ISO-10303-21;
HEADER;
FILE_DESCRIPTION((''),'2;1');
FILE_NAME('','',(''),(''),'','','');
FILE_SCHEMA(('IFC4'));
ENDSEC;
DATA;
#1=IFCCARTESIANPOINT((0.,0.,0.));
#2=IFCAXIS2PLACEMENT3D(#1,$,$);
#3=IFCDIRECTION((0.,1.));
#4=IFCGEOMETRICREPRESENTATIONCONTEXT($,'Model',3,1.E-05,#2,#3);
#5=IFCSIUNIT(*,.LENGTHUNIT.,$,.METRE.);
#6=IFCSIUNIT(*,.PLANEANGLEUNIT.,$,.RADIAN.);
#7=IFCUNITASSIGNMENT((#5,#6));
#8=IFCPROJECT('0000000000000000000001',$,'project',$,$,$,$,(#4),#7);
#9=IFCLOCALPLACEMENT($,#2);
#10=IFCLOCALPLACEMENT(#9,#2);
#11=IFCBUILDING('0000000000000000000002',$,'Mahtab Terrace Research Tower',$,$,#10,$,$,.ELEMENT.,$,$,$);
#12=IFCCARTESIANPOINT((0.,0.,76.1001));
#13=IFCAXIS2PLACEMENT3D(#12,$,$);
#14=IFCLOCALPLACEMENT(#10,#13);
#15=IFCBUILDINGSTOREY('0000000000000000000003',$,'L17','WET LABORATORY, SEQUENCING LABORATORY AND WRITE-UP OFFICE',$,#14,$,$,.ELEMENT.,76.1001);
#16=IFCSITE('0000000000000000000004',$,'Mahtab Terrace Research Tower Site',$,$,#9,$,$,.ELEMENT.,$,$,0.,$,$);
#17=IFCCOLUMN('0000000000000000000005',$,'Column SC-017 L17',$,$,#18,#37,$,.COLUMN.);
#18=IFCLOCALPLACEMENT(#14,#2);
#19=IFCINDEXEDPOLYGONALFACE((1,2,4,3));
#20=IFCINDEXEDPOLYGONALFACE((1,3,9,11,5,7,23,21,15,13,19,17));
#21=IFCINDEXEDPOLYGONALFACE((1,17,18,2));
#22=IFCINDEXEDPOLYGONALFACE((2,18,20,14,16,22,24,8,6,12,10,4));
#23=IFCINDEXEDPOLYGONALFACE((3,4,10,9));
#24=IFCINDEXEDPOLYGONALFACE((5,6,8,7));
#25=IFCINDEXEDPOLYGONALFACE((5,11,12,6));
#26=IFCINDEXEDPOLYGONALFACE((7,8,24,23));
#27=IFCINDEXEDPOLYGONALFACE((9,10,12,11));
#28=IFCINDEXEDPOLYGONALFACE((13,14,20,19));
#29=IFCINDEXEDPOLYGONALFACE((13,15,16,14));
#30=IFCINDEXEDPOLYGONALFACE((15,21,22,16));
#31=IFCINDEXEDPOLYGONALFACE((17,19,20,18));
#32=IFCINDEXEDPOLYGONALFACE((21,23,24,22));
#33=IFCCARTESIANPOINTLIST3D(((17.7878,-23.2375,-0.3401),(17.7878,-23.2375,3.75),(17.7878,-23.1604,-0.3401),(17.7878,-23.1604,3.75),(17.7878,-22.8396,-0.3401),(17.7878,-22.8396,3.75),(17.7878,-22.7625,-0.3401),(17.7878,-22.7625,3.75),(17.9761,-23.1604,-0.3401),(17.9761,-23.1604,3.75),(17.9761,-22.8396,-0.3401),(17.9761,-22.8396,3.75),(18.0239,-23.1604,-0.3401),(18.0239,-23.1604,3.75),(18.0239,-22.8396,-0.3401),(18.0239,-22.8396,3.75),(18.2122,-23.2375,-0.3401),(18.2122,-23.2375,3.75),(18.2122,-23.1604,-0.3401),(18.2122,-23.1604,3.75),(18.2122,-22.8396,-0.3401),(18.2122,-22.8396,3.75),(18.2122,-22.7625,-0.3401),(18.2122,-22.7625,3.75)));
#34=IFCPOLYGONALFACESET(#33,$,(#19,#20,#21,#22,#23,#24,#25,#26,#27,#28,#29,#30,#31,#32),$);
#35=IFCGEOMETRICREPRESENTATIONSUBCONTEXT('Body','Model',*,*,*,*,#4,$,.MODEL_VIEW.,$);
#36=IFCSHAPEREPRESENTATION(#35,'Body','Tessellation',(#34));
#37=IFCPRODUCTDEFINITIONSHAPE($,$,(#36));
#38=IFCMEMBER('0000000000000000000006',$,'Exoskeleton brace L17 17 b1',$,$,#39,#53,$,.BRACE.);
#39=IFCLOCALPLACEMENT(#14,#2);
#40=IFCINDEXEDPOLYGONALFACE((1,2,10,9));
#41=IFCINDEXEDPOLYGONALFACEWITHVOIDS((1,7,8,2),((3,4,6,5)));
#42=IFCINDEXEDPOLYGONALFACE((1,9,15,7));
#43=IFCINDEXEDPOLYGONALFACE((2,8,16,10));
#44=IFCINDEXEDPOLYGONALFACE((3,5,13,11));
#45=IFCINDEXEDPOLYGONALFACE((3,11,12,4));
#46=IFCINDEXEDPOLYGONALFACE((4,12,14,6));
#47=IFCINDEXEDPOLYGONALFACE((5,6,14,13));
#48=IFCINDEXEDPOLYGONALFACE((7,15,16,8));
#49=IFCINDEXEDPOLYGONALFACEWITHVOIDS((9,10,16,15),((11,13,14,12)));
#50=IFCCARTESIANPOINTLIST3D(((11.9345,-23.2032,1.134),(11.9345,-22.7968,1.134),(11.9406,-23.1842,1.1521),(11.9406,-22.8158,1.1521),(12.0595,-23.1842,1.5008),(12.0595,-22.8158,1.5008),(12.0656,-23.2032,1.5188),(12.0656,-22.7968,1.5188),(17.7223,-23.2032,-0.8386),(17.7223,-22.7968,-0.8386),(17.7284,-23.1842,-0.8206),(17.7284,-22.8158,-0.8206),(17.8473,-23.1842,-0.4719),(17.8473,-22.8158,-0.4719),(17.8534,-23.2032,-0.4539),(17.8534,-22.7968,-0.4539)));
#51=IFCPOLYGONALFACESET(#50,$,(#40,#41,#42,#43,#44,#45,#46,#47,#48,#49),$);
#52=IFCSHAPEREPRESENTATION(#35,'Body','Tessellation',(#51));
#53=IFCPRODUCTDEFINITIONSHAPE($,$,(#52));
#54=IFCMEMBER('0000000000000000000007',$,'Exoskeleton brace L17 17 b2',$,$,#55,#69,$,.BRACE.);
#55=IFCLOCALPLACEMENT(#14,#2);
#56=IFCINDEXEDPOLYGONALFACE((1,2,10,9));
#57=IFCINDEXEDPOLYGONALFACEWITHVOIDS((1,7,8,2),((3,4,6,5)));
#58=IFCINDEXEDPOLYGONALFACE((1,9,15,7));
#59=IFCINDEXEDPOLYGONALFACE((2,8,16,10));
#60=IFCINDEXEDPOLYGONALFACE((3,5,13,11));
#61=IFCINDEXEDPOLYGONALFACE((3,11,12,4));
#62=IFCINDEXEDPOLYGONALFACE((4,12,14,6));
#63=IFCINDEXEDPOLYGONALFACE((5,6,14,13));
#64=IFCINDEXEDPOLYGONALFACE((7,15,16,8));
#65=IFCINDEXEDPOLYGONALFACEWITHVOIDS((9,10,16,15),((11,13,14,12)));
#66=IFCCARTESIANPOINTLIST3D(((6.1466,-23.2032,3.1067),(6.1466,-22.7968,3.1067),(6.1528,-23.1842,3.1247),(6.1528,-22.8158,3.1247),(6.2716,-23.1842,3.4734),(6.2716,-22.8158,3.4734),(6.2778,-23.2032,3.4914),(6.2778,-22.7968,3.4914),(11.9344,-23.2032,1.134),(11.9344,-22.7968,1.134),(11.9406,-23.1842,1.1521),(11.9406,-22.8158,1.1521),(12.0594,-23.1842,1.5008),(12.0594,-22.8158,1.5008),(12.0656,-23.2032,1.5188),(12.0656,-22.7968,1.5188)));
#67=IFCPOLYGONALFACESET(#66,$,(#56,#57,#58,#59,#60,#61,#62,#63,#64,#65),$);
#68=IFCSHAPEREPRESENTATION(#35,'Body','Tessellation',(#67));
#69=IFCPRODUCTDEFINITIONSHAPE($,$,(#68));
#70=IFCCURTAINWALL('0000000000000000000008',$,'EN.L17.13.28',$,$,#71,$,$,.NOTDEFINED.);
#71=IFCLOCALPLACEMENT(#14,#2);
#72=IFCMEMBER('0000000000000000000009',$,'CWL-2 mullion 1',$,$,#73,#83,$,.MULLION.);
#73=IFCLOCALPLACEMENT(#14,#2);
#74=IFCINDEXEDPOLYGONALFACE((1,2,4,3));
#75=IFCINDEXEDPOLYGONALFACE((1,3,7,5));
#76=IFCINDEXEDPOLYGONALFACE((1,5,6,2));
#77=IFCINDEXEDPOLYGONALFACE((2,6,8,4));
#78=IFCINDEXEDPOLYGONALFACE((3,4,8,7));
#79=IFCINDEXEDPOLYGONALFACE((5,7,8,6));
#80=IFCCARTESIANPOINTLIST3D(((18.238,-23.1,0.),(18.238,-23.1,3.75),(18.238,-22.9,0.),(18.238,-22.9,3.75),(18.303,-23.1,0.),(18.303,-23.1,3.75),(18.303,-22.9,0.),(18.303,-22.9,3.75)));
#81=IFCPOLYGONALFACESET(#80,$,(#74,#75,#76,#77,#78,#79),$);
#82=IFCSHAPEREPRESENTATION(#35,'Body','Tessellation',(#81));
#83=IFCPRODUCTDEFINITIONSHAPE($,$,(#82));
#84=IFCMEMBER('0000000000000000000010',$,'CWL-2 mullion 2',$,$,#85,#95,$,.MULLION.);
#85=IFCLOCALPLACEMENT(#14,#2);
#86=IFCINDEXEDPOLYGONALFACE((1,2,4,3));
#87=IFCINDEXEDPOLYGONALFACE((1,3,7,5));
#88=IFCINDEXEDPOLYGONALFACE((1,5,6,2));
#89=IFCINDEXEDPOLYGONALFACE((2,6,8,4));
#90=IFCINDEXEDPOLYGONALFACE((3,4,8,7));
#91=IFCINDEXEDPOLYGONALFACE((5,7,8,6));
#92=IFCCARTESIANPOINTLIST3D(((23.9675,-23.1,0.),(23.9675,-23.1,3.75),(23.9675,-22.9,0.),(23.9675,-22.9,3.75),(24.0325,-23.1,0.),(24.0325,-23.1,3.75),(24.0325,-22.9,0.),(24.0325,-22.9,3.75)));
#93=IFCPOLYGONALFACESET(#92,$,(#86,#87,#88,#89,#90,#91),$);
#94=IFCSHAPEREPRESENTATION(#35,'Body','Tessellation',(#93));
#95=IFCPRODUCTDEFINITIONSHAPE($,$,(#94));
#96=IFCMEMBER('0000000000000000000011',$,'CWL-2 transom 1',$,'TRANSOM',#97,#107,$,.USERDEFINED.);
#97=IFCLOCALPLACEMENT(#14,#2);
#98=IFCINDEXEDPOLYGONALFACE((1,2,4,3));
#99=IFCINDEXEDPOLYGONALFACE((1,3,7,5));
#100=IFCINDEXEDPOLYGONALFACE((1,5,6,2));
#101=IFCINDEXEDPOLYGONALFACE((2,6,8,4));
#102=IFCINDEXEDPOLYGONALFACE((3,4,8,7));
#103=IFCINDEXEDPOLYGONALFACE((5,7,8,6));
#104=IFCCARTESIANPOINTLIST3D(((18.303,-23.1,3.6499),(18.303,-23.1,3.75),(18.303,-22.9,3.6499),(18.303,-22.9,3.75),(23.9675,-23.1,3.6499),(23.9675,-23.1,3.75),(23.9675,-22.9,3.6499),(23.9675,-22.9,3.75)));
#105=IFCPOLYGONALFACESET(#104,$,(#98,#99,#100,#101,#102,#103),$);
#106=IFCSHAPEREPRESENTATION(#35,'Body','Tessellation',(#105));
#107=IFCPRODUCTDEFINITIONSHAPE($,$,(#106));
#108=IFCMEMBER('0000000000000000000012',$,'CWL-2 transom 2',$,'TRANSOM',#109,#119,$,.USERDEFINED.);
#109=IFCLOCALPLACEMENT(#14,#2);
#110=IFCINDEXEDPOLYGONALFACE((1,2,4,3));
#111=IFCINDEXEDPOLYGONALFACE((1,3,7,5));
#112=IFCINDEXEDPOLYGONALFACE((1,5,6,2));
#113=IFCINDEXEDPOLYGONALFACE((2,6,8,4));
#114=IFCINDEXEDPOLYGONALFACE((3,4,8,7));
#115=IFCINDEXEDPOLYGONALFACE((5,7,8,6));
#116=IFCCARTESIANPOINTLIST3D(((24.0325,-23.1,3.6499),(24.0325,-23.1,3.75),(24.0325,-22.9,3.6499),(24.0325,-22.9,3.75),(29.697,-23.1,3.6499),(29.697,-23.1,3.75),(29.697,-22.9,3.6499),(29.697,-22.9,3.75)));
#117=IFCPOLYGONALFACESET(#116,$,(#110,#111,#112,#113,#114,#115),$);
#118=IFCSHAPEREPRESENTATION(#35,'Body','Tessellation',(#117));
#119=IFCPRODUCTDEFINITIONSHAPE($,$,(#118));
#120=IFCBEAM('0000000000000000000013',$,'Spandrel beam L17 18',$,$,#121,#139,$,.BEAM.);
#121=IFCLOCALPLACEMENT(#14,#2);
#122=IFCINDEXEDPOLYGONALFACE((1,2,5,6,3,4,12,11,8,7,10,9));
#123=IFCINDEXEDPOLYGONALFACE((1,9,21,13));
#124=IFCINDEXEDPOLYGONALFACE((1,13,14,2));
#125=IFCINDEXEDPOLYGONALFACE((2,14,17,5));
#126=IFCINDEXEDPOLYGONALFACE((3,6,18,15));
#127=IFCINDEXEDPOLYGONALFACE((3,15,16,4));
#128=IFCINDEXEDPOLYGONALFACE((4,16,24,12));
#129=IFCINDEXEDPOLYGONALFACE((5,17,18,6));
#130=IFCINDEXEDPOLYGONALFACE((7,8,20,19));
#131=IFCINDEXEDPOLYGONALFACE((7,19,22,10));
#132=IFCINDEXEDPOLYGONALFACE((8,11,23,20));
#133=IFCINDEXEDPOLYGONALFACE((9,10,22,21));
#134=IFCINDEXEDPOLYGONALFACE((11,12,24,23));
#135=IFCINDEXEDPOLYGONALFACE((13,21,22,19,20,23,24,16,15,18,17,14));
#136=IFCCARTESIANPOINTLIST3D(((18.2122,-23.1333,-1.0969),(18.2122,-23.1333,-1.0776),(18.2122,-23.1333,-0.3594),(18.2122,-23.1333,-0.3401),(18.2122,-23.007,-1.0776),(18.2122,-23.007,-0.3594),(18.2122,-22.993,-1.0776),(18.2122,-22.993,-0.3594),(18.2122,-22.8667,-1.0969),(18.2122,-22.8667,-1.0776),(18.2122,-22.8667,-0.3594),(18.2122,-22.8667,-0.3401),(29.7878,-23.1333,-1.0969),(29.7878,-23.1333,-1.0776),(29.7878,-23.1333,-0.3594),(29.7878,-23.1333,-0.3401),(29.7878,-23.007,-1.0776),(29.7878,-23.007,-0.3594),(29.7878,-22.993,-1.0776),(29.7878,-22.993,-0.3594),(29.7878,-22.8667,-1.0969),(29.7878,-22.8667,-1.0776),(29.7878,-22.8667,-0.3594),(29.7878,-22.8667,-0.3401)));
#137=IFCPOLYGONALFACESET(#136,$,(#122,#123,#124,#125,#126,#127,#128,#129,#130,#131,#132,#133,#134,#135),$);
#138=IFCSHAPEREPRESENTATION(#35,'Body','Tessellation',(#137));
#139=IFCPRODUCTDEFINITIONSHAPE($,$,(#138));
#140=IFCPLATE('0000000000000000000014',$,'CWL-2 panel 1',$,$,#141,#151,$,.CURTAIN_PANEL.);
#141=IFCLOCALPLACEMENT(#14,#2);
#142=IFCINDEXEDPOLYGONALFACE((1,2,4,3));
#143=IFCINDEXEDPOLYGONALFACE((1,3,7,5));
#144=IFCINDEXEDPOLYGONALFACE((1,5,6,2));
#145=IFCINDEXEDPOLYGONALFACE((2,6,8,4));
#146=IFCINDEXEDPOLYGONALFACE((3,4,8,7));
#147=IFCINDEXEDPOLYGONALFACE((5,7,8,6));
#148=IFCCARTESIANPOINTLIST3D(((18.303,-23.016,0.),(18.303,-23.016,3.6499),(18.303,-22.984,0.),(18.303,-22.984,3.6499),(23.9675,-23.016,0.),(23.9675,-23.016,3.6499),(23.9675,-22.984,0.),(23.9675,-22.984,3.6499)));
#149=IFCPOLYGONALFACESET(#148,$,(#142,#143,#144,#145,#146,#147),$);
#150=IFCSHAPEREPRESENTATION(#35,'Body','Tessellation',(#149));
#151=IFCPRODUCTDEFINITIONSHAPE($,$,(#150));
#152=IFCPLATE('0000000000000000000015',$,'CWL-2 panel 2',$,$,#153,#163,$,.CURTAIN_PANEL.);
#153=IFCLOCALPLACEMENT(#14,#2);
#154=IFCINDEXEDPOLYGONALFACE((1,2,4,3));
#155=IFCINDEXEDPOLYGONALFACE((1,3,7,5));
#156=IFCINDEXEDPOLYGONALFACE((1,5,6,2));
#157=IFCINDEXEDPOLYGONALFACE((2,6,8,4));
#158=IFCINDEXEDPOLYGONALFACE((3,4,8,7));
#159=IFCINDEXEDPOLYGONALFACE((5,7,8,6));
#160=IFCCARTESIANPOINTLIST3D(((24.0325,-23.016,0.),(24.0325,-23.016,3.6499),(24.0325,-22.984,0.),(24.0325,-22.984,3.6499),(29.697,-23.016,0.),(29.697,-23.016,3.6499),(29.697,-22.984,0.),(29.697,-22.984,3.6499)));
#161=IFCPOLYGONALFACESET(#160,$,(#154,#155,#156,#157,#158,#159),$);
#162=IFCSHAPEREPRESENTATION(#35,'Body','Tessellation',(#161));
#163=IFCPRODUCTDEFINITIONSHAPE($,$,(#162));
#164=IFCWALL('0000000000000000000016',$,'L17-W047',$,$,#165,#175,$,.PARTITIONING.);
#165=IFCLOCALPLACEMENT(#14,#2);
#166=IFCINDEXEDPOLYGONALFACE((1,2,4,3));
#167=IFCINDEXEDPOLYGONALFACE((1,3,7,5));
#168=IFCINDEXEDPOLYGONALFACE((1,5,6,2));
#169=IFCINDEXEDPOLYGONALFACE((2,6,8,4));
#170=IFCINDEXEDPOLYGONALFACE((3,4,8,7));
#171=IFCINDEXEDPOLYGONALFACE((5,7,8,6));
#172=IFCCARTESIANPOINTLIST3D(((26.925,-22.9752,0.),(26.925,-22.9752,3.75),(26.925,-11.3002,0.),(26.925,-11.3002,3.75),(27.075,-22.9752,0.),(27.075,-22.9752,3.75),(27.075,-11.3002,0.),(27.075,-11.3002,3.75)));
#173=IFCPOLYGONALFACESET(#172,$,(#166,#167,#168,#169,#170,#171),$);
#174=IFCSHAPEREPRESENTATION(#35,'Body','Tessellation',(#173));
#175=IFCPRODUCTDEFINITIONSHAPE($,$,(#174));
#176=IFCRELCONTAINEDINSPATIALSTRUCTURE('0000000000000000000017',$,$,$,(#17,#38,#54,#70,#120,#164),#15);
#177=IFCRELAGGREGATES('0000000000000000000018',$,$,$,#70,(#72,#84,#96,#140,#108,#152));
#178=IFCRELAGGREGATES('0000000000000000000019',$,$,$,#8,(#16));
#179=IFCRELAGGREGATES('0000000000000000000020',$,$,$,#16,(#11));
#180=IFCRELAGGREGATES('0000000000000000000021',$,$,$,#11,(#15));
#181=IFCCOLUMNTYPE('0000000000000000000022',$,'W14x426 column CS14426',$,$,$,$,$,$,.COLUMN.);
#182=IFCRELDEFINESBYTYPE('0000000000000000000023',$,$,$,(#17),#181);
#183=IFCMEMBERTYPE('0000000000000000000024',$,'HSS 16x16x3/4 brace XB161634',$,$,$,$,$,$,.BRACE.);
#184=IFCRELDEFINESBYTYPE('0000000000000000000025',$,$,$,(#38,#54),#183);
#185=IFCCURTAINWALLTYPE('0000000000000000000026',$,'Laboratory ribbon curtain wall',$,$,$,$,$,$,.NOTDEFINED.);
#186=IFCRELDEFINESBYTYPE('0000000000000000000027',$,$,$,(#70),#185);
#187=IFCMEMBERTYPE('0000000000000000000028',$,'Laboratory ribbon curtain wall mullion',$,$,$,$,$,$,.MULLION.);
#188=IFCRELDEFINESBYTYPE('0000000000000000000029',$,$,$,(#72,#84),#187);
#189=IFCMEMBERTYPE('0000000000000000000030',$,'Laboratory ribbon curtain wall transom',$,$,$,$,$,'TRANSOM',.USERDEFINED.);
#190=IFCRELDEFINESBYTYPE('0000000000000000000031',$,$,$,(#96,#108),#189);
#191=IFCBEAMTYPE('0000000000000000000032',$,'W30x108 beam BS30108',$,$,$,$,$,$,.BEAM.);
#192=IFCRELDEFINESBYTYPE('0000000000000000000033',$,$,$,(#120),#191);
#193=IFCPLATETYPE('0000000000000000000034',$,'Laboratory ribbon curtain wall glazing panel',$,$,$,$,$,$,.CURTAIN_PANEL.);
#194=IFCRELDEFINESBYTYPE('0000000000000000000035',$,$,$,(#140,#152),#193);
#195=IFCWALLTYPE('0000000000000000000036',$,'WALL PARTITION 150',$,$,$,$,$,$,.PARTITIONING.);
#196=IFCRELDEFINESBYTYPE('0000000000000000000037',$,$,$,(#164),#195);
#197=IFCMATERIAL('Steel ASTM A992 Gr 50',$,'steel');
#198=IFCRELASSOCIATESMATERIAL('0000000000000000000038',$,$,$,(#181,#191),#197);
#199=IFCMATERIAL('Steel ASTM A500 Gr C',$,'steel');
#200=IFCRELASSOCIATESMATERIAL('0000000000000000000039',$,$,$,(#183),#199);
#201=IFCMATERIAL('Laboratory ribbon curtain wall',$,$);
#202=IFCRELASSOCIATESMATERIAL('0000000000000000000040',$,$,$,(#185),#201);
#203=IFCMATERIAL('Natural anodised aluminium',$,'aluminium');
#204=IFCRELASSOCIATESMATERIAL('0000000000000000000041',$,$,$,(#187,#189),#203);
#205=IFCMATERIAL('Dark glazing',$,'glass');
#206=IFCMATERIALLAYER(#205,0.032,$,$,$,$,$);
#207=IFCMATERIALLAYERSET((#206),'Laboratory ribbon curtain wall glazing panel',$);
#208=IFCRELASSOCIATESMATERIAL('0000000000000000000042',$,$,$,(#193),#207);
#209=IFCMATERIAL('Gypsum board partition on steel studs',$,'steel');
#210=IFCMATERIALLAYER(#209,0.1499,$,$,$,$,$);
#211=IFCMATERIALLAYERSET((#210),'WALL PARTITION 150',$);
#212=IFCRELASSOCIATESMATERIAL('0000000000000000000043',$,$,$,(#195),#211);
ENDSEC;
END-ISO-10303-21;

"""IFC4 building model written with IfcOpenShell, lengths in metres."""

from ifc_helpers import new_model, si_unit, direction, frame, frame_2d, origin, origin_2d, place, context, subcontext, project, spatial, rectangle, hollow_rectangle, i_section, extrude, material, layer, layer_set, material_profile, profile_set, type_object, element, aggregate, save


model = new_model("IFC4")

# Units and contexts
model_context = context("Model", 3, precision=1e-05, world=origin(), true_north=direction((0.0, 1.0)))
body_context = subcontext(model_context, "Body", "Model", "MODEL_VIEW")
ifc_project = project(units=[si_unit("LENGTHUNIT", "METRE"), si_unit("PLANEANGLEUNIT", "RADIAN")], contexts=[model_context])

# Site, building, storey
site_placement = place(None, origin())
site = spatial("IfcSite", under=ifc_project, at=site_placement, Name="Mahtab Terrace Research Tower Site", CompositionType="ELEMENT", RefElevation=0.0)
building_placement = place(site_placement, origin())
building = spatial("IfcBuilding", under=site, at=building_placement, Name="Mahtab Terrace Research Tower", CompositionType="ELEMENT")
storey_placement = place(building_placement, frame((0.0, 0.0, 76.1001)))
storey = spatial("IfcBuildingStorey", under=building, at=storey_placement, Name="L17", Description="WET LABORATORY, SEQUENCING LABORATORY AND WRITE-UP OFFICE", CompositionType="ELEMENT", Elevation=76.1001)

# Column
ifc_material_1 = material(Name="Steel ASTM A992 Gr 50", Category="steel")
ifc_material_profile_1 = material_profile(ifc_material_1, i_section(OverallWidth=0.4243, OverallDepth=0.4751, WebThickness=0.0479, FlangeThickness=0.0771, at=origin_2d()), Name="W14X426")
ifc_profile_set_1 = profile_set([ifc_material_profile_1], Name="Steel ASTM A992 Gr 50")
column_type = type_object("IfcColumnType", Name="W14x426 column CS14426", PredefinedType="COLUMN", material=ifc_profile_set_1)
column_placement = place(storey_placement, frame((18.0, -23.0, -0.3401), z_axis=(0.0, 0.0, 1.0), x_axis=(1.0, 0.0, 0.0)))
element("IfcColumn", 1, at=column_placement, inside=storey, type_object=column_type, Name="Column SC-017 L17", PredefinedType="COLUMN", context=body_context, shape_type="SweptSolid", body=[
    extrude(i_section(OverallWidth=0.4243, OverallDepth=0.4751, WebThickness=0.0479, FlangeThickness=0.0771, at=origin_2d()), origin(), (0.0, 0.0, 1.0), 4.0901),
])

# Members
ifc_material_2 = material(Name="Steel ASTM A500 Gr C", Category="steel")
ifc_material_profile_2 = material_profile(ifc_material_2, hollow_rectangle(XDim=0.4065, YDim=0.4065, WallThickness=0.019, at=origin_2d()), Name="HSS16X16X3/4")
ifc_profile_set_2 = profile_set([ifc_material_profile_2], Name="Steel ASTM A500 Gr C")
member_type_1 = type_object("IfcMemberType", Name="HSS 16x16x3/4 brace XB161634", PredefinedType="BRACE", material=ifc_profile_set_2)
for number, where, z_axis, x_axis, name in (
    (2, (17.7878, -23.0, -0.6462), (-0.946534, 0.0, 0.322605), (0.0, -1.0, 0.0), "Exoskeleton brace L17 17 b1"),
    (3, (12.0, -23.0, 1.3264), (-0.946534, 0.0, 0.322605), (0.0, -1.0, 0.0), "Exoskeleton brace L17 17 b2"),
):
    element("IfcMember", number, at=place(storey_placement, frame(where, z_axis=z_axis, x_axis=x_axis)), inside=storey, type_object=member_type_1, Name=name, PredefinedType="BRACE", context=body_context, shape_type="SweptSolid", body=[
        extrude(hollow_rectangle(XDim=0.4065, YDim=0.4065, WallThickness=0.019, at=origin_2d()), origin(), (0.0, 0.0, 1.0), 6.1147),
    ])

# Curtain wall, members
ifc_material_3 = material(Name="Laboratory ribbon curtain wall")
curtain_wall_type = type_object("IfcCurtainWallType", Name="Laboratory ribbon curtain wall", PredefinedType="NOTDEFINED", material=ifc_material_3)
curtain_wall_placement = place(storey_placement, origin())
curtain_wall = element("IfcCurtainWall", 4, at=curtain_wall_placement, inside=storey, type_object=curtain_wall_type, Name="EN.L17.13.28", PredefinedType="NOTDEFINED")
ifc_material_4 = material(Name="Natural anodised aluminium", Category="aluminium")
ifc_material_profile_3 = material_profile(ifc_material_4, rectangle(XDim=0.2, YDim=0.0649, at=origin_2d()), Name="MULLION 65x200")
ifc_profile_set_3 = profile_set([ifc_material_profile_3], Name="Natural anodised aluminium")
member_type_2 = type_object("IfcMemberType", Name="Laboratory ribbon curtain wall mullion", PredefinedType="MULLION", material=ifc_profile_set_3)
member_1_placement = place(storey_placement, frame((18.2705, -23.0, 0.0), z_axis=(0.0, 0.0, 1.0), x_axis=(0.0, 1.0, 0.0)))
member_1 = element("IfcMember", 5, at=member_1_placement, type_object=member_type_2, Name="CWL-2 mullion 1", PredefinedType="MULLION", context=body_context, shape_type="SweptSolid", body=[
    extrude(rectangle(XDim=0.2, YDim=0.0649, at=origin_2d()), origin(), (0.0, 0.0, 1.0), 3.75),
])
member_2_placement = place(storey_placement, frame((24.0, -23.0, 0.0), z_axis=(0.0, 0.0, 1.0), x_axis=(0.0, 1.0, 0.0)))
member_2 = element("IfcMember", 6, at=member_2_placement, type_object=member_type_2, Name="CWL-2 mullion 2", PredefinedType="MULLION", context=body_context, shape_type="SweptSolid", body=[
    extrude(rectangle(XDim=0.2, YDim=0.0649, at=origin_2d()), origin(), (0.0, 0.0, 1.0), 3.75),
])
ifc_material_profile_4 = material_profile(ifc_material_4, rectangle(XDim=0.2, YDim=0.1001, at=origin_2d()), Name="TRANSOM 100x200")
ifc_profile_set_4 = profile_set([ifc_material_profile_4], Name="Natural anodised aluminium")
member_type_3 = type_object("IfcMemberType", Name="Laboratory ribbon curtain wall transom", ElementType="TRANSOM", PredefinedType="USERDEFINED", material=ifc_profile_set_4)
member_3_placement = place(storey_placement, frame((18.303, -23.0, 3.7), z_axis=(1.0, 0.0, 0.0), x_axis=(0.0, 1.0, 0.0)))
member_3 = element("IfcMember", 7, at=member_3_placement, type_object=member_type_3, Name="CWL-2 transom 1", ObjectType="TRANSOM", PredefinedType="USERDEFINED", context=body_context, shape_type="SweptSolid", body=[
    extrude(rectangle(XDim=0.2, YDim=0.1001, at=origin_2d()), origin(), (0.0, 0.0, 1.0), 5.6646),
])
member_4_placement = place(storey_placement, frame((24.0325, -23.0, 3.7), z_axis=(1.0, 0.0, 0.0), x_axis=(0.0, 1.0, 0.0)))
member_4 = element("IfcMember", 8, at=member_4_placement, type_object=member_type_3, Name="CWL-2 transom 2", ObjectType="TRANSOM", PredefinedType="USERDEFINED", context=body_context, shape_type="SweptSolid", body=[
    extrude(rectangle(XDim=0.2, YDim=0.1001, at=origin_2d()), origin(), (0.0, 0.0, 1.0), 5.6646),
])

# Beam
ifc_material_profile_5 = material_profile(ifc_material_1, i_section(OverallWidth=0.2666, OverallDepth=0.7568, WebThickness=0.0139, FlangeThickness=0.0193, at=origin_2d()), Name="W30X108")
ifc_profile_set_5 = profile_set([ifc_material_profile_5], Name="Steel ASTM A992 Gr 50")
beam_type = type_object("IfcBeamType", Name="W30x108 beam BS30108", PredefinedType="BEAM", material=ifc_profile_set_5)
beam_placement = place(storey_placement, frame((18.2122, -23.0, -0.7185), z_axis=(1.0, 0.0, 0.0), x_axis=(0.0, 1.0, 0.0)))
element("IfcBeam", 9, at=beam_placement, inside=storey, type_object=beam_type, Name="Spandrel beam L17 18", PredefinedType="BEAM", context=body_context, shape_type="SweptSolid", body=[
    extrude(i_section(OverallWidth=0.2666, OverallDepth=0.7568, WebThickness=0.0139, FlangeThickness=0.0193, at=origin_2d()), origin(), (0.0, 0.0, 1.0), 11.5757),
])

# Plates
ifc_material_5 = material(Name="Dark glazing", Category="glass")
ifc_layer_1 = layer(ifc_material_5, 0.032)
ifc_layer_set_1 = layer_set([ifc_layer_1], Name="Laboratory ribbon curtain wall glazing panel")
plate_type = type_object("IfcPlateType", Name="Laboratory ribbon curtain wall glazing panel", PredefinedType="CURTAIN_PANEL", material=ifc_layer_set_1)
plate_1_placement = place(storey_placement, frame((21.1353, -23.0, 0.0), z_axis=(0.0, 0.0, 1.0), x_axis=(1.0, 0.0, 0.0)))
plate_1 = element("IfcPlate", 10, at=plate_1_placement, type_object=plate_type, Name="CWL-2 panel 1", PredefinedType="CURTAIN_PANEL", context=body_context, shape_type="SweptSolid", body=[
    extrude(rectangle(XDim=5.6646, YDim=0.032, at=origin_2d()), origin(), (0.0, 0.0, 1.0), 3.6499),
])
plate_2_placement = place(storey_placement, frame((26.8647, -23.0, 0.0), z_axis=(0.0, 0.0, 1.0), x_axis=(1.0, 0.0, 0.0)))
plate_2 = element("IfcPlate", 11, at=plate_2_placement, type_object=plate_type, Name="CWL-2 panel 2", PredefinedType="CURTAIN_PANEL", context=body_context, shape_type="SweptSolid", body=[
    extrude(rectangle(XDim=5.6646, YDim=0.032, at=origin_2d()), origin(), (0.0, 0.0, 1.0), 3.6499),
])
aggregate(curtain_wall, [member_1, member_2, member_3, plate_1, member_4, plate_2])

# Wall
ifc_material_6 = material(Name="Gypsum board partition on steel studs", Category="steel")
ifc_layer_2 = layer(ifc_material_6, 0.1499)
ifc_layer_set_2 = layer_set([ifc_layer_2], Name="WALL PARTITION 150")
wall_type = type_object("IfcWallType", Name="WALL PARTITION 150", PredefinedType="PARTITIONING", material=ifc_layer_set_2)
wall_placement = place(storey_placement, frame((27.0, -22.9751, 0.0), z_axis=(0.0, 0.0, 1.0), x_axis=(0.0, 1.0, 0.0)))
element("IfcWall", 12, at=wall_placement, inside=storey, type_object=wall_type, Name="L17-W047", PredefinedType="PARTITIONING", context=body_context, shape_type="SweptSolid", body=[
    extrude(rectangle(XDim=11.675, YDim=0.1499, at=frame_2d((5.8374, 0.0))), origin(), (0.0, 0.0, 1.0), 3.75),
])

save(model, "model.ifc")
